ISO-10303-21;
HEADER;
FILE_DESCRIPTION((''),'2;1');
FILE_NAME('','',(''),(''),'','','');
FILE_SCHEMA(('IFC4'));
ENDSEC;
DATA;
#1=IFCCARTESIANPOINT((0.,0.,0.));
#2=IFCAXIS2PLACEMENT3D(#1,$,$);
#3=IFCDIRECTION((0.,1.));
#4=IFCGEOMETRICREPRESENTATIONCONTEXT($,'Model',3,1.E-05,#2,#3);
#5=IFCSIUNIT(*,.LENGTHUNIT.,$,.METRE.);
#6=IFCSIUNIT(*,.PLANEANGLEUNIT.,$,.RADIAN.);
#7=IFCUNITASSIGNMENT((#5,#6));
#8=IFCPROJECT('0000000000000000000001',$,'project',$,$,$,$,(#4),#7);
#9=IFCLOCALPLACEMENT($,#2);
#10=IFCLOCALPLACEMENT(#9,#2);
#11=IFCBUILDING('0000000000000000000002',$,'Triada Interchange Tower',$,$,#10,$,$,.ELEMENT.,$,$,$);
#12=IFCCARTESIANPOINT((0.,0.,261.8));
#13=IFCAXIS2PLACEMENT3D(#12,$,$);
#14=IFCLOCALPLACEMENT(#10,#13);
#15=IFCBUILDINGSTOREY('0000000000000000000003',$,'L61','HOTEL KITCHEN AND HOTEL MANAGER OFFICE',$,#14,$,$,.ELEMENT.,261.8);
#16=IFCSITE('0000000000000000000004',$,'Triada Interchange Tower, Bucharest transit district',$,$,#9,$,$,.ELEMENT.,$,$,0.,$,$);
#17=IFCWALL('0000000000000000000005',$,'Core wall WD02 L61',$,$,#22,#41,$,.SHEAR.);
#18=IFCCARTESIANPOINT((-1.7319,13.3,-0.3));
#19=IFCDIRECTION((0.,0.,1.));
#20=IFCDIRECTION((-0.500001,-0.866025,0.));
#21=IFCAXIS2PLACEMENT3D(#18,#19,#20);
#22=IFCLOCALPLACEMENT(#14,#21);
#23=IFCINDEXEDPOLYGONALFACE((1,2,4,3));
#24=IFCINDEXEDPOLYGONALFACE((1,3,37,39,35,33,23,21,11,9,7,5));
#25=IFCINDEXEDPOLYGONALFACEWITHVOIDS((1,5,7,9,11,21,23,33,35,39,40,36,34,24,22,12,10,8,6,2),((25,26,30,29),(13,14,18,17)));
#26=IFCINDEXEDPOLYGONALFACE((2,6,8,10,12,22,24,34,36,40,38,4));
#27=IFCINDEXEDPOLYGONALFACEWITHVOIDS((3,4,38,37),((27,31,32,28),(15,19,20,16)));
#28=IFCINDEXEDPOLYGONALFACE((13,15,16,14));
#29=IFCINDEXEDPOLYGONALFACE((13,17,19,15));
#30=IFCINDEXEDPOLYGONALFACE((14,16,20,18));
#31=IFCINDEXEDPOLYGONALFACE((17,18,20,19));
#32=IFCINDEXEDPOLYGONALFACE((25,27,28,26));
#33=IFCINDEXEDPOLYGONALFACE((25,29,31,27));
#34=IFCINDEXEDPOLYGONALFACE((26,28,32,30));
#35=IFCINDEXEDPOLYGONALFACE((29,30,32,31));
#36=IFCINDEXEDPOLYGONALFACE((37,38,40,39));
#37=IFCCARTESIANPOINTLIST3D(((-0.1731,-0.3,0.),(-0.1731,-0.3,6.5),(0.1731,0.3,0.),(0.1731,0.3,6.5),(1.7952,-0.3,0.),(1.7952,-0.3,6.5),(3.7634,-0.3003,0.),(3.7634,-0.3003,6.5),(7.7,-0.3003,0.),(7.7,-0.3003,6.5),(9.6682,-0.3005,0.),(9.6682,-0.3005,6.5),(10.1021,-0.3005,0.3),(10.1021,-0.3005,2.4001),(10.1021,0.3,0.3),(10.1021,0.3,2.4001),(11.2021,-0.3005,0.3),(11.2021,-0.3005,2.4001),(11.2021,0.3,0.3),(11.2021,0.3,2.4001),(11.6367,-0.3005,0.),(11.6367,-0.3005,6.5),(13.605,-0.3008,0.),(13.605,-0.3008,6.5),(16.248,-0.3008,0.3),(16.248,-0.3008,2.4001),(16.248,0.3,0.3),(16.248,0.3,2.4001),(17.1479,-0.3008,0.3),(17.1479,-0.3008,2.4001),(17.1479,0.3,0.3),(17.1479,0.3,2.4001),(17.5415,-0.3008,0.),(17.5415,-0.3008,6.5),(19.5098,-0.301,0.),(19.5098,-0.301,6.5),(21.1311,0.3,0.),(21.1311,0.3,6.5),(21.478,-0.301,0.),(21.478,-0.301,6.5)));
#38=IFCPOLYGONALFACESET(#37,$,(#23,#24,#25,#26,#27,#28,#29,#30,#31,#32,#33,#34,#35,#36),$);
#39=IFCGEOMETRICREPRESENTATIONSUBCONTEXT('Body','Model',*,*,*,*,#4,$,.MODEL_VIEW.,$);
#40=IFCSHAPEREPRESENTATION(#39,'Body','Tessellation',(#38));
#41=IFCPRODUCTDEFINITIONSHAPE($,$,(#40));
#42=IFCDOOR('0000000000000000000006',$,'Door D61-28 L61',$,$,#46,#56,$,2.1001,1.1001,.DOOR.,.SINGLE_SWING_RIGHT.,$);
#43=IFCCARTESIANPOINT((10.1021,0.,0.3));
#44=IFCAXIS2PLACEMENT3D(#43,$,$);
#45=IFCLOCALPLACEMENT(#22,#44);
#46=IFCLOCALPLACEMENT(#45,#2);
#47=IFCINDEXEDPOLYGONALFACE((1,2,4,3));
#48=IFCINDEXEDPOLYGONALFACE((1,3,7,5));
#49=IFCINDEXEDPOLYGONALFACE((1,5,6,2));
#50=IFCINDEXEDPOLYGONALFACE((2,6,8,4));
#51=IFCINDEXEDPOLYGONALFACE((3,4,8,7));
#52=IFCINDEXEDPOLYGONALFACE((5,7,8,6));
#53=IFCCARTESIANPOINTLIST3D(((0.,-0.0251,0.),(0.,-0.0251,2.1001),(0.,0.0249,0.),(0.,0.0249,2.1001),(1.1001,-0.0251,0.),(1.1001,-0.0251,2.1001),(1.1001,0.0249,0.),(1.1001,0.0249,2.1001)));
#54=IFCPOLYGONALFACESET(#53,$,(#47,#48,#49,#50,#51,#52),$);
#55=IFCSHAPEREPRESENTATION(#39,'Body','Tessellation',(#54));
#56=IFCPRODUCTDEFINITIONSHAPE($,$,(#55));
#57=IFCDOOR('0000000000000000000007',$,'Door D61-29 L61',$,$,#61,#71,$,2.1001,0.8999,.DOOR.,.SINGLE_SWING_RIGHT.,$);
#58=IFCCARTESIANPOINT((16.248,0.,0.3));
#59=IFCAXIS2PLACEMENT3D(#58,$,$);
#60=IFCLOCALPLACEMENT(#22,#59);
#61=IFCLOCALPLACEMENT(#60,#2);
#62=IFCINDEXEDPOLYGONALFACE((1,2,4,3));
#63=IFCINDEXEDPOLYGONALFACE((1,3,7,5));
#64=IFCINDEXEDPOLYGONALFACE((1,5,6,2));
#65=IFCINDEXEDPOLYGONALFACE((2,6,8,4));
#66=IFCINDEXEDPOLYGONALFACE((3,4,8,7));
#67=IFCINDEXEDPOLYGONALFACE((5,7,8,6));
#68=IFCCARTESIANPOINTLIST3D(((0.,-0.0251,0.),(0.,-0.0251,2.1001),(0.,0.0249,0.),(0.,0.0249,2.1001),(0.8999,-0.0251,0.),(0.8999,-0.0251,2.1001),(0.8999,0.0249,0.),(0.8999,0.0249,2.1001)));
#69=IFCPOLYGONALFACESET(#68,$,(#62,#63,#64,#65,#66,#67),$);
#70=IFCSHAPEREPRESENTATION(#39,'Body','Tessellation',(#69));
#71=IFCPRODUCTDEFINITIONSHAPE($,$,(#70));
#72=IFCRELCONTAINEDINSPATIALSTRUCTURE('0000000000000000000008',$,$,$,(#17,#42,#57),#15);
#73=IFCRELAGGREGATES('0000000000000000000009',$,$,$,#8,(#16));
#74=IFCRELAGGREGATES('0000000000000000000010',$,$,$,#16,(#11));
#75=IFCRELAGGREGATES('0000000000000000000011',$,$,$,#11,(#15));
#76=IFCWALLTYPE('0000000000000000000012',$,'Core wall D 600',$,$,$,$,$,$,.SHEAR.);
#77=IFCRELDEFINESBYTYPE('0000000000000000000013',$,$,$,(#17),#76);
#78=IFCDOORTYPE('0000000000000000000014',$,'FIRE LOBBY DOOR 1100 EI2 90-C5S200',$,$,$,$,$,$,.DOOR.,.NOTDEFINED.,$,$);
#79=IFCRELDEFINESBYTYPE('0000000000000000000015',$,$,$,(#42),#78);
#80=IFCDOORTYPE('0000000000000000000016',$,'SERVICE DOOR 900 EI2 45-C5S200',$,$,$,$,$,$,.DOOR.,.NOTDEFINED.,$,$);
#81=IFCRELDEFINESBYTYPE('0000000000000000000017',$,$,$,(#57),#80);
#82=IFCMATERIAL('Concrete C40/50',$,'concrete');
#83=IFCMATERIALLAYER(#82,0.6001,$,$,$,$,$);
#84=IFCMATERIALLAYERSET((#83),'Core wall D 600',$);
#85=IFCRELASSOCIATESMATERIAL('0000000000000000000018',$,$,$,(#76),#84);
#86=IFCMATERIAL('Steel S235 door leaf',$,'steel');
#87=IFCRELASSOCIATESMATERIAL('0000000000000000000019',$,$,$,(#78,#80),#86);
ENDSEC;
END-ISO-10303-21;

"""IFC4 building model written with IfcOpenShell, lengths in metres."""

from ifc_helpers import new_model, si_unit, direction, frame, frame_2d, origin, place, context, subcontext, project, spatial, polyline, rectangle, outline, extrude, material, layer, layer_set, type_object, element, fill, save


model = new_model("IFC4")

# Units and contexts
model_context = context("Model", 3, precision=1e-05, world=origin(), true_north=direction((0.0, 1.0)))
body_context = subcontext(model_context, "Body", "Model", "MODEL_VIEW")
ifc_project = project(units=[si_unit("LENGTHUNIT", "METRE"), si_unit("PLANEANGLEUNIT", "RADIAN")], contexts=[model_context])

# Site, building, storey
site_placement = place(None, origin())
site = spatial("IfcSite", under=ifc_project, at=site_placement, Name="Triada Interchange Tower, Bucharest transit district", CompositionType="ELEMENT", RefElevation=0.0)
building_placement = place(site_placement, origin())
building = spatial("IfcBuilding", under=site, at=building_placement, Name="Triada Interchange Tower", CompositionType="ELEMENT")
storey_placement = place(building_placement, frame((0.0, 0.0, 261.8)))
storey = spatial("IfcBuildingStorey", under=building, at=storey_placement, Name="L61", Description="HOTEL KITCHEN AND HOTEL MANAGER OFFICE", CompositionType="ELEMENT", Elevation=261.8)

# Shared definitions
ifc_material_1 = material(Name="Concrete C40/50", Category="concrete")

# Wall, openings, doors
ifc_layer_1 = layer(ifc_material_1, 0.6001)
ifc_layer_set_1 = layer_set([ifc_layer_1], Name="Core wall D 600")
wall_type_1 = type_object("IfcWallType", Name="Core wall D 600", PredefinedType="SHEAR", material=ifc_layer_set_1)
wall_1_placement = place(storey_placement, frame((-1.7319, 13.3, -0.3), z_axis=(0.0, 0.0, 1.0), x_axis=(-0.500001, -0.866025, 0.0)))
wall_1 = element("IfcWall", 1, at=wall_1_placement, inside=storey, type_object=wall_type_1, Name="Core wall WD02 L61", PredefinedType="SHEAR", context=body_context, shape_type="SweptSolid", body=[
    extrude(outline(polyline([(-0.1731, -0.3), (1.7952, -0.3), (3.7634, -0.3003), (5.7317, -0.3003), (7.7, -0.3003), (9.6682, -0.3005), (11.6367, -0.3005), (13.605, -0.3008), (15.5732, -0.3008), (17.5415, -0.3008), (19.5098, -0.301), (21.478, -0.301), (21.1311, 0.3), (19.2258, 0.3), (17.3206, 0.3), (15.4153, 0.3), (13.51, 0.3), (11.6047, 0.3), (9.6995, 0.3), (7.7942, 0.3), (5.8889, 0.3), (3.9836, 0.3), (2.0784, 0.3), (0.1731, 0.3), (-0.1731, -0.3)])), origin(), (0.0, 0.0, 1.0), 6.5),
])
opening_1_placement = place(wall_1_placement, frame((10.1021, 0.0, 0.3)))
opening_1 = element("IfcOpeningElement", 2, at=opening_1_placement, cuts=wall_1, PredefinedType="OPENING", context=body_context, shape_type="SweptSolid", body=[
    extrude(rectangle(XDim=1.1001, YDim=2.1001, at=frame_2d((0.55, 1.05))), frame((0.0, 0.3101, 0.0), z_axis=(0.0, -1.0, 0.0), x_axis=(1.0, 0.0, 0.0)), (0.0, 0.0, 1.0), 0.6211),
])
opening_2_placement = place(wall_1_placement, frame((16.248, 0.0, 0.3)))
opening_2 = element("IfcOpeningElement", 3, at=opening_2_placement, cuts=wall_1, PredefinedType="OPENING", context=body_context, shape_type="SweptSolid", body=[
    extrude(rectangle(XDim=0.8999, YDim=2.1001, at=frame_2d((0.45, 1.05))), frame((0.0, 0.3101, 0.0), z_axis=(0.0, -1.0, 0.0), x_axis=(1.0, 0.0, 0.0)), (0.0, 0.0, 1.0), 0.6211),
])
ifc_material_2 = material(Name="Steel S235 door leaf", Category="steel")
door_type_1 = type_object("IfcDoorType", Name="FIRE LOBBY DOOR 1100 EI2 90-C5S200", OperationType="NOTDEFINED", PredefinedType="DOOR", material=ifc_material_2)
door_1_placement = place(opening_1_placement, origin())
door_1 = element("IfcDoor", 4, at=door_1_placement, inside=storey, type_object=door_type_1, Name="Door D61-28 L61", OperationType="SINGLE_SWING_RIGHT", OverallHeight=2.1001, OverallWidth=1.1001, PredefinedType="DOOR", context=body_context, shape_type="SweptSolid", body=[
    extrude(rectangle(XDim=1.1001, YDim=2.1001, at=frame_2d((0.55, 1.05))), frame((0.0, 0.0249, 0.0), z_axis=(0.0, -1.0, 0.0), x_axis=(1.0, 0.0, 0.0)), (0.0, 0.0, 1.0), 0.05),
])
fill(opening_1, door_1)
door_type_2 = type_object("IfcDoorType", Name="SERVICE DOOR 900 EI2 45-C5S200", OperationType="NOTDEFINED", PredefinedType="DOOR", material=ifc_material_2)
door_2_placement = place(opening_2_placement, origin())
door_2 = element("IfcDoor", 5, at=door_2_placement, inside=storey, type_object=door_type_2, Name="Door D61-29 L61", OperationType="SINGLE_SWING_RIGHT", OverallHeight=2.1001, OverallWidth=0.8999, PredefinedType="DOOR", context=body_context, shape_type="SweptSolid", body=[
    extrude(rectangle(XDim=0.8999, YDim=2.1001, at=frame_2d((0.45, 1.05))), frame((0.0, 0.0249, 0.0), z_axis=(0.0, -1.0, 0.0), x_axis=(1.0, 0.0, 0.0)), (0.0, 0.0, 1.0), 0.05),
])
fill(opening_2, door_2)

save(model, "model.ifc")
